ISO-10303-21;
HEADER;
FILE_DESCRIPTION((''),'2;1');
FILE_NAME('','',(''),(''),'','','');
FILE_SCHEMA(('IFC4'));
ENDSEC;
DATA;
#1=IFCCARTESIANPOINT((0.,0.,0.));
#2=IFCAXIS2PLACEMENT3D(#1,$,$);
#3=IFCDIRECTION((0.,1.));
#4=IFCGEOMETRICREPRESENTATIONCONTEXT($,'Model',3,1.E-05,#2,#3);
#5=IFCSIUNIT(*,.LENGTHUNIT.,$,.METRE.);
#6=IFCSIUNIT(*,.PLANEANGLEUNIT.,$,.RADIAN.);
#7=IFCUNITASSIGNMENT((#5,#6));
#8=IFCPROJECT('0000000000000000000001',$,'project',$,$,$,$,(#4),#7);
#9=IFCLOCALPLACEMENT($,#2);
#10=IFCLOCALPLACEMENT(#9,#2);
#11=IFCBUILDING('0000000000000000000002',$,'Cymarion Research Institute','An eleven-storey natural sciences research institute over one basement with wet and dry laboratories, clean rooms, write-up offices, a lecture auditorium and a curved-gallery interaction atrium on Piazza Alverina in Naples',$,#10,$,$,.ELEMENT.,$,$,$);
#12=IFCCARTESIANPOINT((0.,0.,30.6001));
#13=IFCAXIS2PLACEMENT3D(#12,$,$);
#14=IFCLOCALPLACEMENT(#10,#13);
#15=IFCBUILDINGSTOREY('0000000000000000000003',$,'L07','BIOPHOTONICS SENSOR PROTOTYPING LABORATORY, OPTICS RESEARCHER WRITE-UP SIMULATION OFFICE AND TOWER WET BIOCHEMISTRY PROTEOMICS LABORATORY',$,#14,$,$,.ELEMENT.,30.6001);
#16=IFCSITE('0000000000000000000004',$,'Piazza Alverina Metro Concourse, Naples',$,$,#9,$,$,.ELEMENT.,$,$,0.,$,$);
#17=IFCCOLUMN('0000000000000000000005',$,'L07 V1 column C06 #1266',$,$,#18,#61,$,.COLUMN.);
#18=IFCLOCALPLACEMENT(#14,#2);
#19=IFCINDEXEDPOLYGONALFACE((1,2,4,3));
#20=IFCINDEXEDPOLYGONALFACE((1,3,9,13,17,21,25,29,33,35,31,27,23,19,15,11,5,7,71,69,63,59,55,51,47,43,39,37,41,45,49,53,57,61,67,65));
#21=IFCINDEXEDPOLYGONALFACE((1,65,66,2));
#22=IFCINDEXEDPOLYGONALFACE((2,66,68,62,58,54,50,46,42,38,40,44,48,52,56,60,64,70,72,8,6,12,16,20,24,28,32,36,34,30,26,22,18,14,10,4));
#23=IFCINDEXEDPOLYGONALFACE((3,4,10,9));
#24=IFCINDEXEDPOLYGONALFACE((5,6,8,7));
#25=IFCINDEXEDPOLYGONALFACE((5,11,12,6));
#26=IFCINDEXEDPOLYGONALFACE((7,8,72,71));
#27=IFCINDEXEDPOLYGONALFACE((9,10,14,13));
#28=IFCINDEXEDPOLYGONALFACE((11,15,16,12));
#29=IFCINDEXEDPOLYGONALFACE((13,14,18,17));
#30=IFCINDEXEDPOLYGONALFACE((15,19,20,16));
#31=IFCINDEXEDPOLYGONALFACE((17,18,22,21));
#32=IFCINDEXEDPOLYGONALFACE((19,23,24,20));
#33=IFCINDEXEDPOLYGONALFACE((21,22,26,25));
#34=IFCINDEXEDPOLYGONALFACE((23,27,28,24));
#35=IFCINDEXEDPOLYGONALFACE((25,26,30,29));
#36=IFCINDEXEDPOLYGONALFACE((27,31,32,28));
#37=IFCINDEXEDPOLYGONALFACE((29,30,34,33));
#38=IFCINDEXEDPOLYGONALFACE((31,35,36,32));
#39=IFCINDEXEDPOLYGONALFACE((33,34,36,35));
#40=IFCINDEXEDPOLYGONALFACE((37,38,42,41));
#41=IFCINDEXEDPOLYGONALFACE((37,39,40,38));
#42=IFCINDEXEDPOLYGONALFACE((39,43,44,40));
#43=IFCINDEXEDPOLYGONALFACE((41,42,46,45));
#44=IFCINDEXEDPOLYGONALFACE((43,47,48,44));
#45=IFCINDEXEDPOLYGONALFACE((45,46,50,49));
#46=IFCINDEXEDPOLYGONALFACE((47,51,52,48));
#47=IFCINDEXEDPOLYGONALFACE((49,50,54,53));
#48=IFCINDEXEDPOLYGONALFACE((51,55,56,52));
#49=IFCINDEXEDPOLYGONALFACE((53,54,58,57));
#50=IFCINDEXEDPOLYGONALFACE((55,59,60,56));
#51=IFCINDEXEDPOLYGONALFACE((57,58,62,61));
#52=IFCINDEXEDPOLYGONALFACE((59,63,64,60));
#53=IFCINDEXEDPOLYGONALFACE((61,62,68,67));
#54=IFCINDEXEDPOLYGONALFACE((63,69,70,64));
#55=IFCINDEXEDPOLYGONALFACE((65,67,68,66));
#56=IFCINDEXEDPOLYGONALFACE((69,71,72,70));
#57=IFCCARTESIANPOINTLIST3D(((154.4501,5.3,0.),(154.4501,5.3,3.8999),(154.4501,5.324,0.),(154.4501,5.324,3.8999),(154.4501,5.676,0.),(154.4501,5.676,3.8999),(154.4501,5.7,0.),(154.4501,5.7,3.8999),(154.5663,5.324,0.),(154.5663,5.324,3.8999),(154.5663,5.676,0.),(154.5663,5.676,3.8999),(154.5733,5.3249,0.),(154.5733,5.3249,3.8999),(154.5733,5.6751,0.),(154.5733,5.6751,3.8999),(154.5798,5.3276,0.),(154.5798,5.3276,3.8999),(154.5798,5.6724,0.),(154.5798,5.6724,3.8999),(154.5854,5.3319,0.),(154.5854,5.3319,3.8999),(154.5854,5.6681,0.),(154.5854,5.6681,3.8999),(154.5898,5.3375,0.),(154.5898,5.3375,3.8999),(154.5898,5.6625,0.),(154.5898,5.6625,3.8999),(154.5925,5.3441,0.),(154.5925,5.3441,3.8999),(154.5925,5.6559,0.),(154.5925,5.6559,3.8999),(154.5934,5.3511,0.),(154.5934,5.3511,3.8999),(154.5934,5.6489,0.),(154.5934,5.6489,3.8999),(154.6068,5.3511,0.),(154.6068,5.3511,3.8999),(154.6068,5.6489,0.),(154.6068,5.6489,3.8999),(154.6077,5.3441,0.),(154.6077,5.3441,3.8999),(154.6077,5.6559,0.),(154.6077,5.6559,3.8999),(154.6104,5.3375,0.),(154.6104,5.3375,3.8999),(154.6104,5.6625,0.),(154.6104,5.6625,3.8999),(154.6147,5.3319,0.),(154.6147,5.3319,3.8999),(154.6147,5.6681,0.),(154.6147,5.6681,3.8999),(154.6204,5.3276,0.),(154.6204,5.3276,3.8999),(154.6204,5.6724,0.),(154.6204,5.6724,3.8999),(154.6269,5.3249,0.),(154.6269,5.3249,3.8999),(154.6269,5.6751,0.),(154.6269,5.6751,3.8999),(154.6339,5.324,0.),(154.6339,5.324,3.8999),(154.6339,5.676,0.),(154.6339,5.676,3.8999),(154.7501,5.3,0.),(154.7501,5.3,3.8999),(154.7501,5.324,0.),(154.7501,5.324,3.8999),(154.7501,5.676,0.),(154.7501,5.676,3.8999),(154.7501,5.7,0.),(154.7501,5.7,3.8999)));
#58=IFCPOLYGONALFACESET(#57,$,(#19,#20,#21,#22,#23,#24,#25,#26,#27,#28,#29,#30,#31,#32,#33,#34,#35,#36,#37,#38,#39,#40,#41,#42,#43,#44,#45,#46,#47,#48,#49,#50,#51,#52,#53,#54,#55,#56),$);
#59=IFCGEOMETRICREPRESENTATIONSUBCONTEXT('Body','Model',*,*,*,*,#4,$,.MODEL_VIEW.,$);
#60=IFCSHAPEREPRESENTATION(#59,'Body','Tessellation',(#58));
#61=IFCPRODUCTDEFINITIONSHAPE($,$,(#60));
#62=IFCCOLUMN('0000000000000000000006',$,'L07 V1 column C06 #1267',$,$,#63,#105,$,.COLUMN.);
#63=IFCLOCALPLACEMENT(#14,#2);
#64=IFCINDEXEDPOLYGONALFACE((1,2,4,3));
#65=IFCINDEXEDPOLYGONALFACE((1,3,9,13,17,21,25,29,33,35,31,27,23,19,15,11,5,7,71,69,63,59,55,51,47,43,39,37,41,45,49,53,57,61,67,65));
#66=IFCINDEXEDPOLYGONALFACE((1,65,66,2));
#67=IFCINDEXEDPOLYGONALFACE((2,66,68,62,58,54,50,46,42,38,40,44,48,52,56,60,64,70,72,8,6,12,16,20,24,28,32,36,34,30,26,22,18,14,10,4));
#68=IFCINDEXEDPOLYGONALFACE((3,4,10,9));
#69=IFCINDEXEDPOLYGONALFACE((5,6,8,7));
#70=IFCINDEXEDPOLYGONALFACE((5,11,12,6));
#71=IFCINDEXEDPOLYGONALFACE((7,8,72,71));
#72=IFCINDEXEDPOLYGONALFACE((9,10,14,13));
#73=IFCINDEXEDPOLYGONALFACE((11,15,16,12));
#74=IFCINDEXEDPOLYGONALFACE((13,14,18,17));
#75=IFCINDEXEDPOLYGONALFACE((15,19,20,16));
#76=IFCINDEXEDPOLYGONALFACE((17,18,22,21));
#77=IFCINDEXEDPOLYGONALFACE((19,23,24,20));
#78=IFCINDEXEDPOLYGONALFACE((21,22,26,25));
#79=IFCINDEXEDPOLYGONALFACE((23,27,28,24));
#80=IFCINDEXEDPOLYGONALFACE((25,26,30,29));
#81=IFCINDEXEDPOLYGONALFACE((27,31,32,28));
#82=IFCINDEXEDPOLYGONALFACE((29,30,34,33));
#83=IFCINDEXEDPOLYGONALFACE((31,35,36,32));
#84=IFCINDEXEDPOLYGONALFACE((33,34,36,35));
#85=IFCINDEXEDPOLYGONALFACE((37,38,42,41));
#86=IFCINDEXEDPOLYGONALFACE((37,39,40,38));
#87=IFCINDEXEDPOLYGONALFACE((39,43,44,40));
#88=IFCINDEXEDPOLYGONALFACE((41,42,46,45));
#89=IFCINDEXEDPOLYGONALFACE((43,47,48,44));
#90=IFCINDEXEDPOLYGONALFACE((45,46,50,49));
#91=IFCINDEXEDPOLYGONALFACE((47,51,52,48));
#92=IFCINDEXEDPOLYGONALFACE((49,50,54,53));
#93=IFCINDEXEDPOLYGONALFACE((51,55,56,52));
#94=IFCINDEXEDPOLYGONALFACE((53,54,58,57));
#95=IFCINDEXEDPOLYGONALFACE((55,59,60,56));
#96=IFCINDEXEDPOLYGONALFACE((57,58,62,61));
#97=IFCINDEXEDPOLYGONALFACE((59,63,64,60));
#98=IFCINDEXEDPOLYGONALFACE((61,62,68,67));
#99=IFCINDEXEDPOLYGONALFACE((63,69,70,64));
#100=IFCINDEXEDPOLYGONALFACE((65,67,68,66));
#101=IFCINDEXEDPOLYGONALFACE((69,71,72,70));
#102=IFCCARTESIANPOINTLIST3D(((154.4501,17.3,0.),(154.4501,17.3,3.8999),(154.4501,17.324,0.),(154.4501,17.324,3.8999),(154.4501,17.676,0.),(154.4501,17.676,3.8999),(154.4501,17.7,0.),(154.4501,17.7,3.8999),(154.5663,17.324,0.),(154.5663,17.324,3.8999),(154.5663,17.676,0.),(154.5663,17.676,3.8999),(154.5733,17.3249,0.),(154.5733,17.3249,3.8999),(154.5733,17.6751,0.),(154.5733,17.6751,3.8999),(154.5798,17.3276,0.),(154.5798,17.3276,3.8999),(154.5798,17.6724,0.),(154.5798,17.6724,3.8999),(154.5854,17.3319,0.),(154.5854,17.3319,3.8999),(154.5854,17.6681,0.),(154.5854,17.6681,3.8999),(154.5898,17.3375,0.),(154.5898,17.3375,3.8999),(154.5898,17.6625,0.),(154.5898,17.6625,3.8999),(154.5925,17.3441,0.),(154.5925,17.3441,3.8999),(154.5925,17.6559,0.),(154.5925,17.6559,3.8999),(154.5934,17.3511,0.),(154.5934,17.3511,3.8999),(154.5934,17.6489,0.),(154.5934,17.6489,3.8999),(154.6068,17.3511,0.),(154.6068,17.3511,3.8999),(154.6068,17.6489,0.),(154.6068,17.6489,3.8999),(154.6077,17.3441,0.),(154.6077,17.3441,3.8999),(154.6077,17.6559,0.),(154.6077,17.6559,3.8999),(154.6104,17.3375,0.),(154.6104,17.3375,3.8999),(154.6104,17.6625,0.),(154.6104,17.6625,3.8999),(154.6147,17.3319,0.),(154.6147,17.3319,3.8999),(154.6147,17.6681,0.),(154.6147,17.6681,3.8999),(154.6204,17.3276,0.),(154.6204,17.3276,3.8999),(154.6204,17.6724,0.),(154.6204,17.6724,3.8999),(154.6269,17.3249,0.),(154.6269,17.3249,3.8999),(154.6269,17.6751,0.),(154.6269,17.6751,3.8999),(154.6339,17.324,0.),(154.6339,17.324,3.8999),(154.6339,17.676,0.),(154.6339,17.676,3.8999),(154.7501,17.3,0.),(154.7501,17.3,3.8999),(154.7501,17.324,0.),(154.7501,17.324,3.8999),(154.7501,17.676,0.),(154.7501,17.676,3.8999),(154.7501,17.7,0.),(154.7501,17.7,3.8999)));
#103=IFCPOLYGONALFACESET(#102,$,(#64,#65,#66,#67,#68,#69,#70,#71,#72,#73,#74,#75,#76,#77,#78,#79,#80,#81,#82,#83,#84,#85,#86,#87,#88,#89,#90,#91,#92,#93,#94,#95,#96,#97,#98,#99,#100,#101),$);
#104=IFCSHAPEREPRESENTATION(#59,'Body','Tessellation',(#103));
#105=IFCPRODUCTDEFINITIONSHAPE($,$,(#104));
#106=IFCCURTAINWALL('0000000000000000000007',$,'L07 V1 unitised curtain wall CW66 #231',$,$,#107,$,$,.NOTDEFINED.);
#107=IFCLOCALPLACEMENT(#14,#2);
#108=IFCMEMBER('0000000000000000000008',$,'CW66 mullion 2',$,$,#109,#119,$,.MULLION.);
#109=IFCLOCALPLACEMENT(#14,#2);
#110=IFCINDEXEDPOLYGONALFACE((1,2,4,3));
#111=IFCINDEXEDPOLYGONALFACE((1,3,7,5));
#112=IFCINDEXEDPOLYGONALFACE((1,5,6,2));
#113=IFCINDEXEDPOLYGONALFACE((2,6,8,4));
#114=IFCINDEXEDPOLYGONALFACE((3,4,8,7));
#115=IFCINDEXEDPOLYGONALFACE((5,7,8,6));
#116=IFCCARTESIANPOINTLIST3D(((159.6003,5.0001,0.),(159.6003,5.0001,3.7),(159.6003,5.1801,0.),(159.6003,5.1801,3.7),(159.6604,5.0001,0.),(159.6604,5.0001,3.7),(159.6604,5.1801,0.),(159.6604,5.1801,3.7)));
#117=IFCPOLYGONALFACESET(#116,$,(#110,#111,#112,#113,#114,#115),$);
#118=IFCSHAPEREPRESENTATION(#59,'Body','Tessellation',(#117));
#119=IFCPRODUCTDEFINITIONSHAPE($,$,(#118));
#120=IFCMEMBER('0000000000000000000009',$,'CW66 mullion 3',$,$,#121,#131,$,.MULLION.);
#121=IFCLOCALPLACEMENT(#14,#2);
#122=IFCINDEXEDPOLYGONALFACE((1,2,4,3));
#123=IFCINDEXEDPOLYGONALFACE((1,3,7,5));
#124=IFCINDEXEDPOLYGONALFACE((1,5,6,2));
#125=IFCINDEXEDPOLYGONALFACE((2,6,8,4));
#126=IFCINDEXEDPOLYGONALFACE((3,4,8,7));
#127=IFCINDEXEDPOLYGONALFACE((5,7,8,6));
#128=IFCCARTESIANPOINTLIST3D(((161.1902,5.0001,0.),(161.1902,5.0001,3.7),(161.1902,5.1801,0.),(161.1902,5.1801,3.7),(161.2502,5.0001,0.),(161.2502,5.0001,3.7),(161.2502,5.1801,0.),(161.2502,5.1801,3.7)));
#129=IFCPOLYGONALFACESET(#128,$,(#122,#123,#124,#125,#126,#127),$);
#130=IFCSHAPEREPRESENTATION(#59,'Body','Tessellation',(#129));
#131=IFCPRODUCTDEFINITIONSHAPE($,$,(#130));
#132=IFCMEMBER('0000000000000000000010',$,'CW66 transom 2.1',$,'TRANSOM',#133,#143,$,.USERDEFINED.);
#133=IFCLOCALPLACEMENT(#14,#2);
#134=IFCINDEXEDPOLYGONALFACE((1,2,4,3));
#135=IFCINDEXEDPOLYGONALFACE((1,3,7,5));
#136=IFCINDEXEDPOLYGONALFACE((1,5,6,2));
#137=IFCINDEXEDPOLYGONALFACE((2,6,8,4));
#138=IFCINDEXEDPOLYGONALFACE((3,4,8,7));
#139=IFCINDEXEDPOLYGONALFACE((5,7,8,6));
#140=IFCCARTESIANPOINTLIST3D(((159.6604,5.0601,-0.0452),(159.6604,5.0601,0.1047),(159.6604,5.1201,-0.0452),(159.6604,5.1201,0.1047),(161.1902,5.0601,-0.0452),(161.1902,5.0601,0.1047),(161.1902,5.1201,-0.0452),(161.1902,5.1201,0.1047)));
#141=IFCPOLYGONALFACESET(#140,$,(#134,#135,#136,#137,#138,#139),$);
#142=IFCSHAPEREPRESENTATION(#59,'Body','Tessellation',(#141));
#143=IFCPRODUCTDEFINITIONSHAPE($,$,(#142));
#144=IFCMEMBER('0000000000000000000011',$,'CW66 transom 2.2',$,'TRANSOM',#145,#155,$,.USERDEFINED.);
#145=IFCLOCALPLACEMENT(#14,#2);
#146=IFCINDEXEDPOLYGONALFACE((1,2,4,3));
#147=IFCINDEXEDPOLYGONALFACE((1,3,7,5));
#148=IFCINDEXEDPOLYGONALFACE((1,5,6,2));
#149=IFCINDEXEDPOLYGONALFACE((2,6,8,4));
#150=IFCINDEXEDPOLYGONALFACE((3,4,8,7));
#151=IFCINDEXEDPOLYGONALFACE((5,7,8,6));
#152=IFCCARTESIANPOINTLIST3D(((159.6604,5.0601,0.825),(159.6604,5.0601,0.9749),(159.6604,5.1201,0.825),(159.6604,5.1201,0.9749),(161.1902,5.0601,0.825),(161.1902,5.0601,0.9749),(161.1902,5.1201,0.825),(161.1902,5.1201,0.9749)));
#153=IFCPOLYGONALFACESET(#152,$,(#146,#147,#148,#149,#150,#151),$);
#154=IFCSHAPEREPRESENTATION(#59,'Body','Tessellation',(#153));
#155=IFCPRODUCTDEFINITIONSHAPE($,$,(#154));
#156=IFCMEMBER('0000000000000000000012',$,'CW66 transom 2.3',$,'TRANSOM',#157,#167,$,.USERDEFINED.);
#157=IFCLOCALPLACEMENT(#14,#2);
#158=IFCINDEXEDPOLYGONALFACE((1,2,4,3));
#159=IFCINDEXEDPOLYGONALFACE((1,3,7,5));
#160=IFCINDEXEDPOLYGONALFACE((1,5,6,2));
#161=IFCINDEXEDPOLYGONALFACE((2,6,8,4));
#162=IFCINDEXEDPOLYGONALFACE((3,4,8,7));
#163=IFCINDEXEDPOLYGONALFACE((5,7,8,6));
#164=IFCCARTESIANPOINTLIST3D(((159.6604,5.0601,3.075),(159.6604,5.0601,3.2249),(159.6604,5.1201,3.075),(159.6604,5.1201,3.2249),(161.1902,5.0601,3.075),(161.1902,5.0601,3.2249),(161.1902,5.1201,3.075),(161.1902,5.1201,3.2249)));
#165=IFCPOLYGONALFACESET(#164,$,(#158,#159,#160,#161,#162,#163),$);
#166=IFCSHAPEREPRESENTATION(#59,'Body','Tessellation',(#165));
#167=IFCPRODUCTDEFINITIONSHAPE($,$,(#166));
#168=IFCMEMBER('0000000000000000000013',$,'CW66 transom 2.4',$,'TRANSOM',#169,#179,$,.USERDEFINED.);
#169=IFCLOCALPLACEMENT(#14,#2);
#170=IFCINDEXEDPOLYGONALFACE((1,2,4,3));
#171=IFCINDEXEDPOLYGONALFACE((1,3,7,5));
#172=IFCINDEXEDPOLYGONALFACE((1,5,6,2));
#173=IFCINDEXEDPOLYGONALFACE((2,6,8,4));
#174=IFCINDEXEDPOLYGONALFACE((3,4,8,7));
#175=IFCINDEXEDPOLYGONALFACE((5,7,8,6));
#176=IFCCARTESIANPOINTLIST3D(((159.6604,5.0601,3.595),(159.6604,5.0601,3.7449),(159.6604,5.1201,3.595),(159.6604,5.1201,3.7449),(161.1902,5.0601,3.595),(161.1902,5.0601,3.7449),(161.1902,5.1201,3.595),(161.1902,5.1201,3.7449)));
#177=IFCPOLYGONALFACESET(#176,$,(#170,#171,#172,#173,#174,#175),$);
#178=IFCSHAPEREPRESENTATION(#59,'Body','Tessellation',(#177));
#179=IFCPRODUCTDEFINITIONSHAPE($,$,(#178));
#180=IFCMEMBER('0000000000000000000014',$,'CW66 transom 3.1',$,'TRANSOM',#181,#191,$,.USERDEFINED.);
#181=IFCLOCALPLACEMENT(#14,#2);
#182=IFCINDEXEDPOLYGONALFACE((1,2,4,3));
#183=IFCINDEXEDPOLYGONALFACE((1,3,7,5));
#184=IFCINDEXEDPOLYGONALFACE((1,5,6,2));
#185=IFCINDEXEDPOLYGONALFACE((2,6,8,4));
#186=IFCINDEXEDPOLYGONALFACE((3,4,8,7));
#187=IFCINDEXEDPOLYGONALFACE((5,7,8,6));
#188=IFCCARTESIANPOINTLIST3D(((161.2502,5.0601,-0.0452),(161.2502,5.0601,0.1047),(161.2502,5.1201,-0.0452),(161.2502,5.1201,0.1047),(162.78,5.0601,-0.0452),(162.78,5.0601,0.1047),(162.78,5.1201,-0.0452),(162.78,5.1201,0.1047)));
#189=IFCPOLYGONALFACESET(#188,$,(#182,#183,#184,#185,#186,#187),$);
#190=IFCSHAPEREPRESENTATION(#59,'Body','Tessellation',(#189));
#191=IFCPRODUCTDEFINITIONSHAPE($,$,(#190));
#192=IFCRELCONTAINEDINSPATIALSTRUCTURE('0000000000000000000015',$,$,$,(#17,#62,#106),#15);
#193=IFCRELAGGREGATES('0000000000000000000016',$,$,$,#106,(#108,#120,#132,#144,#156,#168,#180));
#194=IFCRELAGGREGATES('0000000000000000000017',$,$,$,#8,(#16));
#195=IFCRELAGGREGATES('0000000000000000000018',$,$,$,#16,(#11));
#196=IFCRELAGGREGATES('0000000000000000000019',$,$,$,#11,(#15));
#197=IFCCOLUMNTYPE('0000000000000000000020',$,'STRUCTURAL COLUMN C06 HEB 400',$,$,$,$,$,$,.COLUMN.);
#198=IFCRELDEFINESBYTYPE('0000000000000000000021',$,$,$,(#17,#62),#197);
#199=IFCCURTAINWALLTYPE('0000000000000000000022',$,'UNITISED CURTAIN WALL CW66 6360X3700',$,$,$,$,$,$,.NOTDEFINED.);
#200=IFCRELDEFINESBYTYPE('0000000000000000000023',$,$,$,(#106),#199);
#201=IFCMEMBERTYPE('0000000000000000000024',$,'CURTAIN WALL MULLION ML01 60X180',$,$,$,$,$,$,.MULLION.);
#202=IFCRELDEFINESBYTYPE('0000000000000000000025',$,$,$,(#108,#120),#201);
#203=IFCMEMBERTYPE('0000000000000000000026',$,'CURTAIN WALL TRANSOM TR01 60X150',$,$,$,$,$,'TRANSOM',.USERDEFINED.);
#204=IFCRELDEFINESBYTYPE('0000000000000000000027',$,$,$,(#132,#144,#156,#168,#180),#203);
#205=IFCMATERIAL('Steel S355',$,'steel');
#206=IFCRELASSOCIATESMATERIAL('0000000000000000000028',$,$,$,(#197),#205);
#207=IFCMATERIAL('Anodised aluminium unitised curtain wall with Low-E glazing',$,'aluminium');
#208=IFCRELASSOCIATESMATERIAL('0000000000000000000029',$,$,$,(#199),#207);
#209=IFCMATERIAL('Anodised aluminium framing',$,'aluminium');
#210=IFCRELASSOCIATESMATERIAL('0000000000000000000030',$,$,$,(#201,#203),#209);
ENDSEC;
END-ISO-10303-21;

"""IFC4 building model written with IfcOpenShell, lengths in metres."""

from ifc_helpers import new_model, si_unit, direction, frame, origin, origin_2d, place, context, subcontext, project, spatial, rectangle, i_section, extrude, material, material_profile, profile_set, type_object, element, aggregate, save


model = new_model("IFC4")

# Units and contexts
model_context = context("Model", 3, precision=1e-05, world=origin(), true_north=direction((0.0, 1.0)))
body_context = subcontext(model_context, "Body", "Model", "MODEL_VIEW")
ifc_project = project(units=[si_unit("LENGTHUNIT", "METRE"), si_unit("PLANEANGLEUNIT", "RADIAN")], contexts=[model_context])

# Site, building, storey
site_placement = place(None, origin())
site = spatial("IfcSite", under=ifc_project, at=site_placement, Name="Piazza Alverina Metro Concourse, Naples", CompositionType="ELEMENT", RefElevation=0.0)
building_placement = place(site_placement, origin())
building = spatial("IfcBuilding", under=site, at=building_placement, Name="Cymarion Research Institute", Description="An eleven-storey natural sciences research institute over one basement with wet and dry laboratories, clean rooms, write-up offices, a lecture auditorium and a curved-gallery interaction atrium on Piazza Alverina in Naples", CompositionType="ELEMENT")
storey_placement = place(building_placement, frame((0.0, 0.0, 30.6001)))
storey = spatial("IfcBuildingStorey", under=building, at=storey_placement, Name="L07", Description="BIOPHOTONICS SENSOR PROTOTYPING LABORATORY, OPTICS RESEARCHER WRITE-UP SIMULATION OFFICE AND TOWER WET BIOCHEMISTRY PROTEOMICS LABORATORY", CompositionType="ELEMENT", Elevation=30.6001)

# Columns
ifc_material_1 = material(Name="Steel S355", Category="steel")
ifc_material_profile_1 = material_profile(ifc_material_1, i_section(OverallWidth=0.3, OverallDepth=0.3999, WebThickness=0.0134, FlangeThickness=0.0239, FilletRadius=0.0271, at=origin_2d()), Name="HEB 400")
ifc_profile_set_1 = profile_set([ifc_material_profile_1], Name="Steel S355")
column_type = type_object("IfcColumnType", Name="STRUCTURAL COLUMN C06 HEB 400", PredefinedType="COLUMN", material=ifc_profile_set_1)
for number, where, z_axis, x_axis, name in (
    (1, (154.6001, 5.5, 0.0), (0.0, 0.0, 1.0), (1.0, 0.0, 0.0), "L07 V1 column C06 #1266"),
    (2, (154.6001, 17.5, 0.0), (0.0, 0.0, 1.0), (1.0, 0.0, 0.0), "L07 V1 column C06 #1267"),
):
    element("IfcColumn", number, at=place(storey_placement, frame(where, z_axis=z_axis, x_axis=x_axis)), inside=storey, type_object=column_type, Name=name, PredefinedType="COLUMN", context=body_context, shape_type="SweptSolid", body=[
        extrude(i_section(OverallWidth=0.3, OverallDepth=0.3999, WebThickness=0.0134, FlangeThickness=0.0239, FilletRadius=0.0271, at=origin_2d()), origin(), (0.0, 0.0, 1.0), 3.8999),
    ])

# Curtain wall, members
ifc_material_2 = material(Name="Anodised aluminium unitised curtain wall with Low-E glazing", Category="aluminium")
curtain_wall_type = type_object("IfcCurtainWallType", Name="UNITISED CURTAIN WALL CW66 6360X3700", PredefinedType="NOTDEFINED", material=ifc_material_2)
curtain_wall_placement = place(storey_placement, origin())
curtain_wall = element("IfcCurtainWall", 3, at=curtain_wall_placement, inside=storey, type_object=curtain_wall_type, Name="L07 V1 unitised curtain wall CW66 #231", PredefinedType="NOTDEFINED")
ifc_material_3 = material(Name="Anodised aluminium framing", Category="aluminium")
ifc_material_profile_2 = material_profile(ifc_material_3, rectangle(XDim=0.0601, YDim=0.1799, at=origin_2d()), Name="ALU MULLION 60x180")
ifc_profile_set_2 = profile_set([ifc_material_profile_2], Name="Anodised aluminium framing")
member_type_1 = type_object("IfcMemberType", Name="CURTAIN WALL MULLION ML01 60X180", PredefinedType="MULLION", material=ifc_profile_set_2)
member_1_placement = place(storey_placement, frame((159.6304, 5.0901, 0.0), z_axis=(0.0, 0.0, 1.0), x_axis=(1.0, 0.0, 0.0)))
member_1 = element("IfcMember", 4, at=member_1_placement, type_object=member_type_1, Name="CW66 mullion 2", PredefinedType="MULLION", context=body_context, shape_type="SweptSolid", body=[
    extrude(rectangle(XDim=0.0601, YDim=0.1799, at=origin_2d()), origin(), (0.0, 0.0, 1.0), 3.7),
])
member_2_placement = place(storey_placement, frame((161.2202, 5.0901, 0.0), z_axis=(0.0, 0.0, 1.0), x_axis=(1.0, 0.0, 0.0)))
member_2 = element("IfcMember", 5, at=member_2_placement, type_object=member_type_1, Name="CW66 mullion 3", PredefinedType="MULLION", context=body_context, shape_type="SweptSolid", body=[
    extrude(rectangle(XDim=0.0601, YDim=0.1799, at=origin_2d()), origin(), (0.0, 0.0, 1.0), 3.7),
])
ifc_material_profile_3 = material_profile(ifc_material_3, rectangle(XDim=0.0601, YDim=0.1499, at=origin_2d()), Name="ALU TRANSOM 60x150")
ifc_profile_set_3 = profile_set([ifc_material_profile_3], Name="Anodised aluminium framing")
member_type_2 = type_object("IfcMemberType", Name="CURTAIN WALL TRANSOM TR01 60X150", ElementType="TRANSOM", PredefinedType="USERDEFINED", material=ifc_profile_set_3)
member_3_placement = place(storey_placement, frame((159.6604, 5.0901, 0.0298), z_axis=(1.0, 0.0, 0.0), x_axis=(0.0, 1.0, 0.0)))
member_3 = element("IfcMember", 6, at=member_3_placement, type_object=member_type_2, Name="CW66 transom 2.1", ObjectType="TRANSOM", PredefinedType="USERDEFINED", context=body_context, shape_type="SweptSolid", body=[
    extrude(rectangle(XDim=0.0601, YDim=0.1499, at=origin_2d()), origin(), (0.0, 0.0, 1.0), 1.5298),
])
member_4_placement = place(storey_placement, frame((159.6604, 5.0901, 0.8999), z_axis=(1.0, 0.0, 0.0), x_axis=(0.0, 1.0, 0.0)))
member_4 = element("IfcMember", 7, at=member_4_placement, type_object=member_type_2, Name="CW66 transom 2.2", ObjectType="TRANSOM", PredefinedType="USERDEFINED", context=body_context, shape_type="SweptSolid", body=[
    extrude(rectangle(XDim=0.0601, YDim=0.1499, at=origin_2d()), origin(), (0.0, 0.0, 1.0), 1.5298),
])
member_5_placement = place(storey_placement, frame((159.6604, 5.0901, 3.1499), z_axis=(1.0, 0.0, 0.0), x_axis=(0.0, 1.0, 0.0)))
member_5 = element("IfcMember", 8, at=member_5_placement, type_object=member_type_2, Name="CW66 transom 2.3", ObjectType="TRANSOM", PredefinedType="USERDEFINED", context=body_context, shape_type="SweptSolid", body=[
    extrude(rectangle(XDim=0.0601, YDim=0.1499, at=origin_2d()), origin(), (0.0, 0.0, 1.0), 1.5298),
])
member_6_placement = place(storey_placement, frame((159.6604, 5.0901, 3.6699), z_axis=(1.0, 0.0, 0.0), x_axis=(0.0, 1.0, 0.0)))
member_6 = element("IfcMember", 9, at=member_6_placement, type_object=member_type_2, Name="CW66 transom 2.4", ObjectType="TRANSOM", PredefinedType="USERDEFINED", context=body_context, shape_type="SweptSolid", body=[
    extrude(rectangle(XDim=0.0601, YDim=0.1499, at=origin_2d()), origin(), (0.0, 0.0, 1.0), 1.5298),
])
member_7_placement = place(storey_placement, frame((161.2502, 5.0901, 0.0298), z_axis=(1.0, 0.0, 0.0), x_axis=(0.0, 1.0, 0.0)))
member_7 = element("IfcMember", 10, at=member_7_placement, type_object=member_type_2, Name="CW66 transom 3.1", ObjectType="TRANSOM", PredefinedType="USERDEFINED", context=body_context, shape_type="SweptSolid", body=[
    extrude(rectangle(XDim=0.0601, YDim=0.1499, at=origin_2d()), origin(), (0.0, 0.0, 1.0), 1.5298),
])

aggregate(curtain_wall, [member_1, member_2, member_3, member_4, member_5, member_6, member_7])

save(model, "model.ifc")
